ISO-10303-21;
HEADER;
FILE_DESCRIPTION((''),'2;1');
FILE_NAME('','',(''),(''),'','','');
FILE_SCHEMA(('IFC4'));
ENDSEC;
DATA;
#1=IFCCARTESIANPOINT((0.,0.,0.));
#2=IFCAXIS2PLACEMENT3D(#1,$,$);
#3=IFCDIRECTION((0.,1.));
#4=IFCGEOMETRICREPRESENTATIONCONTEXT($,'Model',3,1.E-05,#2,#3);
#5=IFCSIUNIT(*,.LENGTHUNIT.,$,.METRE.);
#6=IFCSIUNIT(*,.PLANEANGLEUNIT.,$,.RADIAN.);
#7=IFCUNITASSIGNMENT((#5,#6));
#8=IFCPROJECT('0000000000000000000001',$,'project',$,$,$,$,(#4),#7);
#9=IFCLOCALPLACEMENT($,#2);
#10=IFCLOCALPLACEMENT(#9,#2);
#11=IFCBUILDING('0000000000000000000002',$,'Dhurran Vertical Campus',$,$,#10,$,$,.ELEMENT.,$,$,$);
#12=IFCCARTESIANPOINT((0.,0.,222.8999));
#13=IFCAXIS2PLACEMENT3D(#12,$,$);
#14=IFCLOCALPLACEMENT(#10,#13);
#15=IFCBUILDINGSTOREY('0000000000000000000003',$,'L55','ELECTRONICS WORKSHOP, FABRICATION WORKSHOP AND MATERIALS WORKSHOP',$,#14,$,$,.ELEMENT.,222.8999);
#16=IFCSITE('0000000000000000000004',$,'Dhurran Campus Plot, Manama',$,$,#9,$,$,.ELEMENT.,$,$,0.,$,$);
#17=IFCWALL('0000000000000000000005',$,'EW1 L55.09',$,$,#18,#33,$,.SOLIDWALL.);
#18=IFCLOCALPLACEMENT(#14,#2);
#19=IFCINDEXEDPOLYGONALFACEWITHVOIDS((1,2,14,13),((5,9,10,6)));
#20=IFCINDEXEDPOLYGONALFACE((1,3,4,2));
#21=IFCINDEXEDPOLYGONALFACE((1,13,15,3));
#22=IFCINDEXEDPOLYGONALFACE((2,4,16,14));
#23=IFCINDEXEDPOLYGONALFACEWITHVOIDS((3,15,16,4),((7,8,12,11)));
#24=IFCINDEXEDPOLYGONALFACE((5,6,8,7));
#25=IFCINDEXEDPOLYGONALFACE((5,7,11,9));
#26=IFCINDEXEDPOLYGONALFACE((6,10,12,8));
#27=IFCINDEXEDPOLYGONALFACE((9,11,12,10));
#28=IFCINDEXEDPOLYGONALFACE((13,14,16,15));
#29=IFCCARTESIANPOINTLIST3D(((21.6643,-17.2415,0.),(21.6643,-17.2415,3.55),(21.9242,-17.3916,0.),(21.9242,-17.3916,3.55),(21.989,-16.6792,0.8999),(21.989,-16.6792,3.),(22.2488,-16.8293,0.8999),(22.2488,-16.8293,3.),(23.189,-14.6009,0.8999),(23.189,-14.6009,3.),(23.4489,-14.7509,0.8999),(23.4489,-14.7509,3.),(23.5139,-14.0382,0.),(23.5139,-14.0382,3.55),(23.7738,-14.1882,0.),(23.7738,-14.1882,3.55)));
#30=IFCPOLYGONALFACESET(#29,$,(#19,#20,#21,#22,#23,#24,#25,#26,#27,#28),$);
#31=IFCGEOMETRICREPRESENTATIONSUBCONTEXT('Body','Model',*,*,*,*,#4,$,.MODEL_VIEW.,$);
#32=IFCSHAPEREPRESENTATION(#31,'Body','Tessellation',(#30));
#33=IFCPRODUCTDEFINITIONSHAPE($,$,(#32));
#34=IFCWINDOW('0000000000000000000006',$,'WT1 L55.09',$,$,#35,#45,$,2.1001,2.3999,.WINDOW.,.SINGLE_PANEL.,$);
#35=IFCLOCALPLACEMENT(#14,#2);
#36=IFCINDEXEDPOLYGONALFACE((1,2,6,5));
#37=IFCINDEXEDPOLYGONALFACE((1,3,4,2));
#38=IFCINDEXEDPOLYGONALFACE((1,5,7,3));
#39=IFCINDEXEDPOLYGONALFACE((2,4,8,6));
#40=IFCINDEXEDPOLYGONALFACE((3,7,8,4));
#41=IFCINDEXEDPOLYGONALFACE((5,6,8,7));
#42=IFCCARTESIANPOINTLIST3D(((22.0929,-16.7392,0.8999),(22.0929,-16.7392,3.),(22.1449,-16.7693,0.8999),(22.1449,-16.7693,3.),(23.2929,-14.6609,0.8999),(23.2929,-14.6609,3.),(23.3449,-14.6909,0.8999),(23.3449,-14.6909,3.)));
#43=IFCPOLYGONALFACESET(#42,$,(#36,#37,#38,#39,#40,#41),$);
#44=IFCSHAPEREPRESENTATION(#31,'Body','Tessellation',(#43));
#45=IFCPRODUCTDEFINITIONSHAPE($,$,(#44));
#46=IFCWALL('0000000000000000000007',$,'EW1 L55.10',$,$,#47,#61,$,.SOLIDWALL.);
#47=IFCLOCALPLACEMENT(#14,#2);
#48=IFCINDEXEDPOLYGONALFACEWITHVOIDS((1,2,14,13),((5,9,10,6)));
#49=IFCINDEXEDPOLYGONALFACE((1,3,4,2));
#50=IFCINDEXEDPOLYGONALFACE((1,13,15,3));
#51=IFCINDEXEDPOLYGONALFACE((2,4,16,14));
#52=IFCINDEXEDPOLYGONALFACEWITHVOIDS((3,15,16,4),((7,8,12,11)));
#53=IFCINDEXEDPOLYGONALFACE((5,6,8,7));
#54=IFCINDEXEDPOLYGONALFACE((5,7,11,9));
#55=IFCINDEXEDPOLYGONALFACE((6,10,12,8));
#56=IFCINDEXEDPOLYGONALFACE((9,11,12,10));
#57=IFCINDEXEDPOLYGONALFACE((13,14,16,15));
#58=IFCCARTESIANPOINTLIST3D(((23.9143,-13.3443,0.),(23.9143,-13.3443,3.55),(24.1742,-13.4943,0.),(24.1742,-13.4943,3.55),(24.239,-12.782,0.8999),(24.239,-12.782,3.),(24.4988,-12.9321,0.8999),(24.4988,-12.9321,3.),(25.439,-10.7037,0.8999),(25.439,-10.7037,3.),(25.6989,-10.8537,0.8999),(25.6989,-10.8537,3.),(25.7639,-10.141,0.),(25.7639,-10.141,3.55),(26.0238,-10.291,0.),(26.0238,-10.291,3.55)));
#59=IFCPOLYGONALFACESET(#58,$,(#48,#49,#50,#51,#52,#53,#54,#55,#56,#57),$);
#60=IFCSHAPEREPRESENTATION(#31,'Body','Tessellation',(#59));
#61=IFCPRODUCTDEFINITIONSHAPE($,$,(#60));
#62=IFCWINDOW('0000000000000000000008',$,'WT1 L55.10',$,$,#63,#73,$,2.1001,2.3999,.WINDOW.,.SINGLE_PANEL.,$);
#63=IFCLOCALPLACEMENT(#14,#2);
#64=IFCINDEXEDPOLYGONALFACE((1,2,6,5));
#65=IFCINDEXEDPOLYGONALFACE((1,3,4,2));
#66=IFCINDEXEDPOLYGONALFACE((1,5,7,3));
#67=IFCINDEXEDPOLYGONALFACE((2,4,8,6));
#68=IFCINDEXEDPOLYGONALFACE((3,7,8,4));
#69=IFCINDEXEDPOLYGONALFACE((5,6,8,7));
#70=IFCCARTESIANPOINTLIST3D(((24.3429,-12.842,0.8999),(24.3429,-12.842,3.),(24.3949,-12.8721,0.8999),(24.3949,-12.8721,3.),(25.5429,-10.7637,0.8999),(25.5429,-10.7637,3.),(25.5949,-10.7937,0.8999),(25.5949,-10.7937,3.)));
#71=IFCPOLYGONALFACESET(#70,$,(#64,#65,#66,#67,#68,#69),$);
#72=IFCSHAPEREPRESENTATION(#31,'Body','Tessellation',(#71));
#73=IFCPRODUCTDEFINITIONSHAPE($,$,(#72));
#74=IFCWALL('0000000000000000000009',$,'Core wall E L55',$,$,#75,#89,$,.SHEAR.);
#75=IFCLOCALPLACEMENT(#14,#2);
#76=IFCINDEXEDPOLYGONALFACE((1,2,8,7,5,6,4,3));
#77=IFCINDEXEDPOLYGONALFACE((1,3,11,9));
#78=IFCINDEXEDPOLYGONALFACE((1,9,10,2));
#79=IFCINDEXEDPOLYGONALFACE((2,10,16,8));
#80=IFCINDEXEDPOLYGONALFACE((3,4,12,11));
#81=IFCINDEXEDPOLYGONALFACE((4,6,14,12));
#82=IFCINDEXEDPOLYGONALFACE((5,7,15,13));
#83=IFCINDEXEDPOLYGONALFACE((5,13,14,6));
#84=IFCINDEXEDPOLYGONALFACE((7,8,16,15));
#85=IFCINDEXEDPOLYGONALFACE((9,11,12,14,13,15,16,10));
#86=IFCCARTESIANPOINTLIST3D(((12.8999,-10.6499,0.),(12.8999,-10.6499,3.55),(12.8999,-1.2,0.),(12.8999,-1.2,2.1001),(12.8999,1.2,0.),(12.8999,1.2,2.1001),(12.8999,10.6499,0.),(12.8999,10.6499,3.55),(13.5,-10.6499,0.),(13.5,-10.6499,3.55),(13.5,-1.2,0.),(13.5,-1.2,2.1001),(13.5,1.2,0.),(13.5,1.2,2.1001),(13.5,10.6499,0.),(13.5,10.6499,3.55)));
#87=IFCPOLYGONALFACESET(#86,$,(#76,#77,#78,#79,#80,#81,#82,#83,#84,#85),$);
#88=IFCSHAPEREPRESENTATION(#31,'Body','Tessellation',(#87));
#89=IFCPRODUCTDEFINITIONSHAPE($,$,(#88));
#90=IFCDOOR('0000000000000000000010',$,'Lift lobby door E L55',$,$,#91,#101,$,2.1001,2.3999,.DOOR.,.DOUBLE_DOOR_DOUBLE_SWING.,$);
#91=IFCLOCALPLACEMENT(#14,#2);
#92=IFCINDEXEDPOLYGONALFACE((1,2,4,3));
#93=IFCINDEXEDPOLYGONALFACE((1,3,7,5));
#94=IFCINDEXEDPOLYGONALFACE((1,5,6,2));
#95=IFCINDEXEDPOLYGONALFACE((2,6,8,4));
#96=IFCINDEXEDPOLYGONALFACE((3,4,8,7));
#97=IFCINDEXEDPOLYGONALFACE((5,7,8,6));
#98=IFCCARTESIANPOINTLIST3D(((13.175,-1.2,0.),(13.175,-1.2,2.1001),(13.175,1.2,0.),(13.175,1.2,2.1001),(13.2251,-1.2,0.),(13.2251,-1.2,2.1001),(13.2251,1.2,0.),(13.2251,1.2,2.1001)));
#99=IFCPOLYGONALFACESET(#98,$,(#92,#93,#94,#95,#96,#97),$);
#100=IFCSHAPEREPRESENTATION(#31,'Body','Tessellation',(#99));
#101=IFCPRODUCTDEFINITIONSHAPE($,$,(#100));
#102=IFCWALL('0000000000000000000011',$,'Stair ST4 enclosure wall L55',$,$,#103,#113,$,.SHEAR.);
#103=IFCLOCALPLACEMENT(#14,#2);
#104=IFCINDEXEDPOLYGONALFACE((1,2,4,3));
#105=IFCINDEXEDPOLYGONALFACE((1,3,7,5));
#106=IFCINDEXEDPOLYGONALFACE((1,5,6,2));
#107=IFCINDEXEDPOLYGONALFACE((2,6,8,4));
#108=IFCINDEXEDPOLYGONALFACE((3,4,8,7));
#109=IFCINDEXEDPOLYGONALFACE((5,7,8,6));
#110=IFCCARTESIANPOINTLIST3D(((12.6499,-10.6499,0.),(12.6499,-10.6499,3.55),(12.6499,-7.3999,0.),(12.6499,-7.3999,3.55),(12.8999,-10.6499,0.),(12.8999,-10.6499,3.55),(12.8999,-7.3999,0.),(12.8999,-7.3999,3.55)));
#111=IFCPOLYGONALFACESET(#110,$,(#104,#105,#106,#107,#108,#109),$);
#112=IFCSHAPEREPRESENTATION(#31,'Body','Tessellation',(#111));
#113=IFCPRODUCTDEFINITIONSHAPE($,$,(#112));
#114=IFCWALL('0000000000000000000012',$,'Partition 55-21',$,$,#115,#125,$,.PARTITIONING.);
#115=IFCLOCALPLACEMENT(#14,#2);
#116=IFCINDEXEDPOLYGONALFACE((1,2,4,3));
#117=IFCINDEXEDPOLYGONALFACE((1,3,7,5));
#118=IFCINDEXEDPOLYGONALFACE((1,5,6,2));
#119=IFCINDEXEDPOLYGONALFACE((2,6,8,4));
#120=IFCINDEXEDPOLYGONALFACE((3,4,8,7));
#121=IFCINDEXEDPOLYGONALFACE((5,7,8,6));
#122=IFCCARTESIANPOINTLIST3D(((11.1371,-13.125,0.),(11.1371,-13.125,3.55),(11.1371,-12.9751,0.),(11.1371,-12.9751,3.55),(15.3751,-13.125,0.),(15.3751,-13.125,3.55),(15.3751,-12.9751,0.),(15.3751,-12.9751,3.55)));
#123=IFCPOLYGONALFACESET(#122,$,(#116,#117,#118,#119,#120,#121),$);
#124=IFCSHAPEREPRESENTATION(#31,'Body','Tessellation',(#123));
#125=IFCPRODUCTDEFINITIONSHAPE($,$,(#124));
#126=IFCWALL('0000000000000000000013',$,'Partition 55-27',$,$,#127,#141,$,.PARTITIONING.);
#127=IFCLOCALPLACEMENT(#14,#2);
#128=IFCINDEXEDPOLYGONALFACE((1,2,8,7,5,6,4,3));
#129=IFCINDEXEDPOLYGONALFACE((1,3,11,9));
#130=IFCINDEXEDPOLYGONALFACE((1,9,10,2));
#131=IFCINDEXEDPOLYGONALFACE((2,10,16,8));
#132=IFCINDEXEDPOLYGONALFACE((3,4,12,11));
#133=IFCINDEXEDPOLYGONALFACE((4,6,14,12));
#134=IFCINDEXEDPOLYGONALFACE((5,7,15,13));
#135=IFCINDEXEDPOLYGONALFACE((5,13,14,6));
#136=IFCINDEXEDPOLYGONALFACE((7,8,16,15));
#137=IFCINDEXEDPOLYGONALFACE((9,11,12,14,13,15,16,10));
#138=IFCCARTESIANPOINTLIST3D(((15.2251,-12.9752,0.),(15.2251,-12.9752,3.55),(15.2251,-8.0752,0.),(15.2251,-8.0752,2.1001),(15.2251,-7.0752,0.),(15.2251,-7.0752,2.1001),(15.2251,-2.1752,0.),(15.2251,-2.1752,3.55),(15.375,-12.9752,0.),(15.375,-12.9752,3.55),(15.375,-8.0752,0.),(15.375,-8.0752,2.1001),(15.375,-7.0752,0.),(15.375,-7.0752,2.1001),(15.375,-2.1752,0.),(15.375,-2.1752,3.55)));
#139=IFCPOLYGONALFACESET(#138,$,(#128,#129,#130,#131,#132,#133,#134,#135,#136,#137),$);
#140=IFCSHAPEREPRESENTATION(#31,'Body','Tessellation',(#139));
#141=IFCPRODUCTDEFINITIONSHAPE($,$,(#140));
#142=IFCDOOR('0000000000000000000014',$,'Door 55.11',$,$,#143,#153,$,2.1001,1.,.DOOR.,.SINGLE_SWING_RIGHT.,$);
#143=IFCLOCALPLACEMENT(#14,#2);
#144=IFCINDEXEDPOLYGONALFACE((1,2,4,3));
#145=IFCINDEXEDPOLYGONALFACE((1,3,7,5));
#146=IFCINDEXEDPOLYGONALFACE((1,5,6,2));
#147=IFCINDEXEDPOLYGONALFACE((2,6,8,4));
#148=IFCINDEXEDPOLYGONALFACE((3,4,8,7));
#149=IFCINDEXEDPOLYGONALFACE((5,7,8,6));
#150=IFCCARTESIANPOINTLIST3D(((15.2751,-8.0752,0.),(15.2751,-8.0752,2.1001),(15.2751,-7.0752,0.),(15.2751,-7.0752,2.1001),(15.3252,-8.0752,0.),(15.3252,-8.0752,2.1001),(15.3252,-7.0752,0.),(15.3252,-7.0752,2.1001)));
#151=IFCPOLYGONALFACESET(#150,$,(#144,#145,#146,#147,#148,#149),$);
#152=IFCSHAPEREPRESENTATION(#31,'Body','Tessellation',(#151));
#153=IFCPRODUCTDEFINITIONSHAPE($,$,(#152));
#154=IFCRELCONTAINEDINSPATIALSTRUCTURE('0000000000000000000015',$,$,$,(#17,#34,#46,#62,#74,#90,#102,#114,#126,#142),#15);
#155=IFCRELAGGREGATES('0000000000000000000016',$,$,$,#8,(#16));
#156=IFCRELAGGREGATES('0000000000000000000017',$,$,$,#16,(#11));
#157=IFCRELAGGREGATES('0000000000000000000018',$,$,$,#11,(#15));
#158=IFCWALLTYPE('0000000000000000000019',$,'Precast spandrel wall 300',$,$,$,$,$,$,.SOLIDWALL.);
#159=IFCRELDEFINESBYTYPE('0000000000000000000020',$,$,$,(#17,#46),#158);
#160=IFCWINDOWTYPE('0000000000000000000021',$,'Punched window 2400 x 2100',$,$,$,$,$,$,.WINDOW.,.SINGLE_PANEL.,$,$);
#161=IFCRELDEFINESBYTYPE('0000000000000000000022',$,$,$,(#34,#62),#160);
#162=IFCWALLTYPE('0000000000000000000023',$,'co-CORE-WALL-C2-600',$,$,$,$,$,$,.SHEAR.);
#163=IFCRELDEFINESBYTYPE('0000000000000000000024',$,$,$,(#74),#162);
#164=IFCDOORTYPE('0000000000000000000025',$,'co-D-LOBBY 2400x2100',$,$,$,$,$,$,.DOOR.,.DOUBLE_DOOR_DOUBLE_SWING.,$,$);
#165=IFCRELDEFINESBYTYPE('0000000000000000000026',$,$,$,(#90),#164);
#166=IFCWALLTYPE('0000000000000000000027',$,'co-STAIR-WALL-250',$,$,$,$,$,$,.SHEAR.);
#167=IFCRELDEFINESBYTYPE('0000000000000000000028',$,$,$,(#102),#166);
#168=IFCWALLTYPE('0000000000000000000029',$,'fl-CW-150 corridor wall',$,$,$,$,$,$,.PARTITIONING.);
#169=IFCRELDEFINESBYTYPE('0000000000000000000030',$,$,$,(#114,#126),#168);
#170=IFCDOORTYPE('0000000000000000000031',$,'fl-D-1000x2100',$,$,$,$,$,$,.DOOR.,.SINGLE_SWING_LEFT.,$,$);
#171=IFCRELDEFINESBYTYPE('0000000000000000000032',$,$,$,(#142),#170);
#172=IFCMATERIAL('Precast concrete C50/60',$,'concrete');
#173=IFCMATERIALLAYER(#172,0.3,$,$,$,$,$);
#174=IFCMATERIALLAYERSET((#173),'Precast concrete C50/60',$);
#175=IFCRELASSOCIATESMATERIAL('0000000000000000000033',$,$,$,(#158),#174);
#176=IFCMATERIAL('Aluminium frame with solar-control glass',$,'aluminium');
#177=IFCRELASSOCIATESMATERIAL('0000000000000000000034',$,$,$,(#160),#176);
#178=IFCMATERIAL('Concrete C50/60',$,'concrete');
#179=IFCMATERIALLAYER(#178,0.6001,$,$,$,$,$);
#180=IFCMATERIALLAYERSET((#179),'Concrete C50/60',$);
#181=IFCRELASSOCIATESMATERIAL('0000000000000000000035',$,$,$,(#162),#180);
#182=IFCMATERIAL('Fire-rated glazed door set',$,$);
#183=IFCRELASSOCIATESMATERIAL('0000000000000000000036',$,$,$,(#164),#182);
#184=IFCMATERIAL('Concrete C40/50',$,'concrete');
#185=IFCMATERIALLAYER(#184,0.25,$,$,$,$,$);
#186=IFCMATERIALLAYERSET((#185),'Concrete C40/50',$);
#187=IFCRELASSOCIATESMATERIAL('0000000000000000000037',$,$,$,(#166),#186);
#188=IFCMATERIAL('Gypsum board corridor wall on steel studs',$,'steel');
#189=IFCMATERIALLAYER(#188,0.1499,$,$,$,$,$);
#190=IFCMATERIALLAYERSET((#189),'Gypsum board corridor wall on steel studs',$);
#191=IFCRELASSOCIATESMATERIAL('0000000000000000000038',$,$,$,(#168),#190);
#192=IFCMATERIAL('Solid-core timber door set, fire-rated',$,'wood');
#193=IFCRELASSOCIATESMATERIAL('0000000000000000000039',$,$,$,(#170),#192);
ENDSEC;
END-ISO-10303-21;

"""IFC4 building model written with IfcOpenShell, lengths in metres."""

from ifc_helpers import new_model, si_unit, direction, frame, frame_2d, origin, place, context, subcontext, project, spatial, rectangle, extrude, material, layer, layer_set, type_object, element, fill, save


model = new_model("IFC4")

# Units and contexts
model_context = context("Model", 3, precision=1e-05, world=origin(), true_north=direction((0.0, 1.0)))
body_context = subcontext(model_context, "Body", "Model", "MODEL_VIEW")
ifc_project = project(units=[si_unit("LENGTHUNIT", "METRE"), si_unit("PLANEANGLEUNIT", "RADIAN")], contexts=[model_context])

# Site, building, storey
site_placement = place(None, origin())
site = spatial("IfcSite", under=ifc_project, at=site_placement, Name="Dhurran Campus Plot, Manama", CompositionType="ELEMENT", RefElevation=0.0)
building_placement = place(site_placement, origin())
building = spatial("IfcBuilding", under=site, at=building_placement, Name="Dhurran Vertical Campus", CompositionType="ELEMENT")
storey_placement = place(building_placement, frame((0.0, 0.0, 222.8999)))
storey = spatial("IfcBuildingStorey", under=building, at=storey_placement, Name="L55", Description="ELECTRONICS WORKSHOP, FABRICATION WORKSHOP AND MATERIALS WORKSHOP", CompositionType="ELEMENT", Elevation=222.8999)

# Walls, openings, windows
ifc_material_1 = material(Name="Precast concrete C50/60", Category="concrete")
ifc_layer_1 = layer(ifc_material_1, 0.3)
ifc_layer_set_1 = layer_set([ifc_layer_1], Name="Precast concrete C50/60")
wall_type_1 = type_object("IfcWallType", Name="Precast spandrel wall 300", PredefinedType="SOLIDWALL", material=ifc_layer_set_1)
ifc_material_2 = material(Name="Aluminium frame with solar-control glass", Category="aluminium")
window_type = type_object("IfcWindowType", Name="Punched window 2400 x 2100", PartitioningType="SINGLE_PANEL", PredefinedType="WINDOW", material=ifc_material_2)
wall_1_placement = place(storey_placement, frame((21.7942, -17.3167, 0.0), z_axis=(0.0, 0.0, 1.0), x_axis=(0.500029, 0.866009, 0.0)))
wall_1 = element("IfcWall", 1, at=wall_1_placement, inside=storey, type_object=wall_type_1, Name="EW1 L55.09", PredefinedType="SOLIDWALL", context=body_context, shape_type="SweptSolid", body=[
    extrude(rectangle(XDim=3.699, YDim=0.3, at=frame_2d((1.8496, 0.0))), origin(), (0.0, 0.0, 1.0), 3.55),
])
opening_1_placement = place(wall_1_placement, frame((0.6494, 0.0, 0.8999)))
opening_1 = element("IfcOpeningElement", 2, at=opening_1_placement, cuts=wall_1, PredefinedType="OPENING", context=body_context, shape_type="SweptSolid", body=[
    extrude(rectangle(XDim=2.3999, YDim=2.1001, at=frame_2d((1.2, 1.05))), frame((0.0, 0.1599, 0.0), z_axis=(0.0, -1.0, 0.0), x_axis=(1.0, 0.0, 0.0)), (0.0, 0.0, 1.0), 0.3201),
])
window_1_placement = place(opening_1_placement, origin())
window_1 = element("IfcWindow", 3, at=window_1_placement, inside=storey, type_object=window_type, Name="WT1 L55.09", OverallHeight=2.1001, OverallWidth=2.3999, PartitioningType="SINGLE_PANEL", PredefinedType="WINDOW", context=body_context, shape_type="SweptSolid", body=[
    extrude(rectangle(XDim=2.3999, YDim=2.1001, at=frame_2d((1.2, 1.05))), frame((0.0, 0.03, 0.0), z_axis=(0.0, -1.0, 0.0), x_axis=(1.0, 0.0, 0.0)), (0.0, 0.0, 1.0), 0.0601),
])
fill(opening_1, window_1)
wall_2_placement = place(storey_placement, frame((24.0442, -13.4194, 0.0), z_axis=(0.0, 0.0, 1.0), x_axis=(0.500029, 0.866009, 0.0)))
wall_2 = element("IfcWall", 4, at=wall_2_placement, inside=storey, type_object=wall_type_1, Name="EW1 L55.10", PredefinedType="SOLIDWALL", context=body_context, shape_type="SweptSolid", body=[
    extrude(rectangle(XDim=3.699, YDim=0.3, at=frame_2d((1.8496, 0.0))), origin(), (0.0, 0.0, 1.0), 3.55),
])
opening_2_placement = place(wall_2_placement, frame((0.6494, 0.0, 0.8999)))
opening_2 = element("IfcOpeningElement", 5, at=opening_2_placement, cuts=wall_2, PredefinedType="OPENING", context=body_context, shape_type="SweptSolid", body=[
    extrude(rectangle(XDim=2.3999, YDim=2.1001, at=frame_2d((1.2, 1.05))), frame((0.0, 0.1599, 0.0), z_axis=(0.0, -1.0, 0.0), x_axis=(1.0, 0.0, 0.0)), (0.0, 0.0, 1.0), 0.3201),
])
window_2_placement = place(opening_2_placement, origin())
window_2 = element("IfcWindow", 6, at=window_2_placement, inside=storey, type_object=window_type, Name="WT1 L55.10", OverallHeight=2.1001, OverallWidth=2.3999, PartitioningType="SINGLE_PANEL", PredefinedType="WINDOW", context=body_context, shape_type="SweptSolid", body=[
    extrude(rectangle(XDim=2.3999, YDim=2.1001, at=frame_2d((1.2, 1.05))), frame((0.0, 0.03, 0.0), z_axis=(0.0, -1.0, 0.0), x_axis=(1.0, 0.0, 0.0)), (0.0, 0.0, 1.0), 0.0601),
])
fill(opening_2, window_2)

# Wall, opening, door
ifc_material_3 = material(Name="Concrete C50/60", Category="concrete")
ifc_layer_2 = layer(ifc_material_3, 0.6001)
ifc_layer_set_2 = layer_set([ifc_layer_2], Name="Concrete C50/60")
wall_type_2 = type_object("IfcWallType", Name="co-CORE-WALL-C2-600", PredefinedType="SHEAR", material=ifc_layer_set_2)
wall_3_placement = place(storey_placement, frame((13.2, -10.6499, 0.0), z_axis=(0.0, 0.0, 1.0), x_axis=(0.0, 1.0, 0.0)))
wall_3 = element("IfcWall", 7, at=wall_3_placement, inside=storey, type_object=wall_type_2, Name="Core wall E L55", PredefinedType="SHEAR", context=body_context, shape_type="SweptSolid", body=[
    extrude(rectangle(XDim=21.2998, YDim=0.6001, at=frame_2d((10.6499, 0.0))), origin(), (0.0, 0.0, 1.0), 3.55),
])
opening_3_placement = place(wall_3_placement, frame((9.45, 0.0, 0.0)))
opening_3 = element("IfcOpeningElement", 8, at=opening_3_placement, cuts=wall_3, PredefinedType="OPENING", context=body_context, shape_type="SweptSolid", body=[
    extrude(rectangle(XDim=2.3999, YDim=2.1001, at=frame_2d((1.2, 1.05))), frame((0.0, 0.3101, 0.0), z_axis=(0.0, -1.0, 0.0), x_axis=(1.0, 0.0, 0.0)), (0.0, 0.0, 1.0), 0.6201),
])
ifc_material_4 = material(Name="Fire-rated glazed door set")
door_type_1 = type_object("IfcDoorType", Name="co-D-LOBBY 2400x2100", OperationType="DOUBLE_DOOR_DOUBLE_SWING", PredefinedType="DOOR", material=ifc_material_4)
door_1_placement = place(opening_3_placement, origin())
door_1 = element("IfcDoor", 9, at=door_1_placement, inside=storey, type_object=door_type_1, Name="Lift lobby door E L55", OperationType="DOUBLE_DOOR_DOUBLE_SWING", OverallHeight=2.1001, OverallWidth=2.3999, PredefinedType="DOOR", context=body_context, shape_type="SweptSolid", body=[
    extrude(rectangle(XDim=2.3999, YDim=2.1001, at=frame_2d((1.2, 1.05))), frame((0.0, 0.0249, 0.0), z_axis=(0.0, -1.0, 0.0), x_axis=(1.0, 0.0, 0.0)), (0.0, 0.0, 1.0), 0.05),
])
fill(opening_3, door_1)

# Walls
ifc_material_5 = material(Name="Concrete C40/50", Category="concrete")
ifc_layer_3 = layer(ifc_material_5, 0.25)
ifc_layer_set_3 = layer_set([ifc_layer_3], Name="Concrete C40/50")
wall_type_3 = type_object("IfcWallType", Name="co-STAIR-WALL-250", PredefinedType="SHEAR", material=ifc_layer_set_3)
wall_4_placement = place(storey_placement, frame((12.7749, -10.6499, 0.0), z_axis=(0.0, 0.0, 1.0), x_axis=(0.0, 1.0, 0.0)))
element("IfcWall", 10, at=wall_4_placement, inside=storey, type_object=wall_type_3, Name="Stair ST4 enclosure wall L55", PredefinedType="SHEAR", context=body_context, shape_type="SweptSolid", body=[
    extrude(rectangle(XDim=3.25, YDim=0.25, at=frame_2d((1.625, 0.0))), origin(), (0.0, 0.0, 1.0), 3.55),
])
ifc_material_6 = material(Name="Gypsum board corridor wall on steel studs", Category="steel")
ifc_layer_4 = layer(ifc_material_6, 0.1499)
ifc_layer_set_4 = layer_set([ifc_layer_4], Name="Gypsum board corridor wall on steel studs")
wall_type_4 = type_object("IfcWallType", Name="fl-CW-150 corridor wall", PredefinedType="PARTITIONING", material=ifc_layer_set_4)
wall_5_placement = place(storey_placement, frame((11.137, -13.05, 0.0), z_axis=(0.0, 0.0, 1.0), x_axis=(1.0, 0.0, 0.0)))
element("IfcWall", 11, at=wall_5_placement, inside=storey, type_object=wall_type_4, Name="Partition 55-21", PredefinedType="PARTITIONING", context=body_context, shape_type="SweptSolid", body=[
    extrude(rectangle(XDim=4.238, YDim=0.1499, at=frame_2d((2.1191, 0.0))), origin(), (0.0, 0.0, 1.0), 3.55),
])

# Wall, opening, door
wall_6_placement = place(storey_placement, frame((15.3, -12.9751, 0.0), z_axis=(0.0, 0.0, 1.0), x_axis=(0.0, 1.0, 0.0)))
wall_6 = element("IfcWall", 12, at=wall_6_placement, inside=storey, type_object=wall_type_4, Name="Partition 55-27", PredefinedType="PARTITIONING", context=body_context, shape_type="SweptSolid", body=[
    extrude(rectangle(XDim=10.8, YDim=0.1499, at=frame_2d((5.3999, 0.0))), origin(), (0.0, 0.0, 1.0), 3.55),
])
opening_4_placement = place(wall_6_placement, frame((4.8999, 0.0, 0.0)))
opening_4 = element("IfcOpeningElement", 13, at=opening_4_placement, cuts=wall_6, PredefinedType="OPENING", context=body_context, shape_type="SweptSolid", body=[
    extrude(rectangle(XDim=1.0, YDim=2.1001, at=frame_2d((0.5, 1.05))), frame((0.0, 0.085, 0.0), z_axis=(0.0, -1.0, 0.0), x_axis=(1.0, 0.0, 0.0)), (0.0, 0.0, 1.0), 0.1699),
])
ifc_material_7 = material(Name="Solid-core timber door set, fire-rated", Category="wood")
door_type_2 = type_object("IfcDoorType", Name="fl-D-1000x2100", OperationType="SINGLE_SWING_LEFT", PredefinedType="DOOR", material=ifc_material_7)
door_2_placement = place(opening_4_placement, origin())
door_2 = element("IfcDoor", 14, at=door_2_placement, inside=storey, type_object=door_type_2, Name="Door 55.11", OperationType="SINGLE_SWING_RIGHT", OverallHeight=2.1001, OverallWidth=1.0, PredefinedType="DOOR", context=body_context, shape_type="SweptSolid", body=[
    extrude(rectangle(XDim=1.0, YDim=2.1001, at=frame_2d((0.5, 1.05))), frame((0.0, 0.0249, 0.0), z_axis=(0.0, -1.0, 0.0), x_axis=(1.0, 0.0, 0.0)), (0.0, 0.0, 1.0), 0.05),
])
fill(opening_4, door_2)

save(model, "model.ifc")
